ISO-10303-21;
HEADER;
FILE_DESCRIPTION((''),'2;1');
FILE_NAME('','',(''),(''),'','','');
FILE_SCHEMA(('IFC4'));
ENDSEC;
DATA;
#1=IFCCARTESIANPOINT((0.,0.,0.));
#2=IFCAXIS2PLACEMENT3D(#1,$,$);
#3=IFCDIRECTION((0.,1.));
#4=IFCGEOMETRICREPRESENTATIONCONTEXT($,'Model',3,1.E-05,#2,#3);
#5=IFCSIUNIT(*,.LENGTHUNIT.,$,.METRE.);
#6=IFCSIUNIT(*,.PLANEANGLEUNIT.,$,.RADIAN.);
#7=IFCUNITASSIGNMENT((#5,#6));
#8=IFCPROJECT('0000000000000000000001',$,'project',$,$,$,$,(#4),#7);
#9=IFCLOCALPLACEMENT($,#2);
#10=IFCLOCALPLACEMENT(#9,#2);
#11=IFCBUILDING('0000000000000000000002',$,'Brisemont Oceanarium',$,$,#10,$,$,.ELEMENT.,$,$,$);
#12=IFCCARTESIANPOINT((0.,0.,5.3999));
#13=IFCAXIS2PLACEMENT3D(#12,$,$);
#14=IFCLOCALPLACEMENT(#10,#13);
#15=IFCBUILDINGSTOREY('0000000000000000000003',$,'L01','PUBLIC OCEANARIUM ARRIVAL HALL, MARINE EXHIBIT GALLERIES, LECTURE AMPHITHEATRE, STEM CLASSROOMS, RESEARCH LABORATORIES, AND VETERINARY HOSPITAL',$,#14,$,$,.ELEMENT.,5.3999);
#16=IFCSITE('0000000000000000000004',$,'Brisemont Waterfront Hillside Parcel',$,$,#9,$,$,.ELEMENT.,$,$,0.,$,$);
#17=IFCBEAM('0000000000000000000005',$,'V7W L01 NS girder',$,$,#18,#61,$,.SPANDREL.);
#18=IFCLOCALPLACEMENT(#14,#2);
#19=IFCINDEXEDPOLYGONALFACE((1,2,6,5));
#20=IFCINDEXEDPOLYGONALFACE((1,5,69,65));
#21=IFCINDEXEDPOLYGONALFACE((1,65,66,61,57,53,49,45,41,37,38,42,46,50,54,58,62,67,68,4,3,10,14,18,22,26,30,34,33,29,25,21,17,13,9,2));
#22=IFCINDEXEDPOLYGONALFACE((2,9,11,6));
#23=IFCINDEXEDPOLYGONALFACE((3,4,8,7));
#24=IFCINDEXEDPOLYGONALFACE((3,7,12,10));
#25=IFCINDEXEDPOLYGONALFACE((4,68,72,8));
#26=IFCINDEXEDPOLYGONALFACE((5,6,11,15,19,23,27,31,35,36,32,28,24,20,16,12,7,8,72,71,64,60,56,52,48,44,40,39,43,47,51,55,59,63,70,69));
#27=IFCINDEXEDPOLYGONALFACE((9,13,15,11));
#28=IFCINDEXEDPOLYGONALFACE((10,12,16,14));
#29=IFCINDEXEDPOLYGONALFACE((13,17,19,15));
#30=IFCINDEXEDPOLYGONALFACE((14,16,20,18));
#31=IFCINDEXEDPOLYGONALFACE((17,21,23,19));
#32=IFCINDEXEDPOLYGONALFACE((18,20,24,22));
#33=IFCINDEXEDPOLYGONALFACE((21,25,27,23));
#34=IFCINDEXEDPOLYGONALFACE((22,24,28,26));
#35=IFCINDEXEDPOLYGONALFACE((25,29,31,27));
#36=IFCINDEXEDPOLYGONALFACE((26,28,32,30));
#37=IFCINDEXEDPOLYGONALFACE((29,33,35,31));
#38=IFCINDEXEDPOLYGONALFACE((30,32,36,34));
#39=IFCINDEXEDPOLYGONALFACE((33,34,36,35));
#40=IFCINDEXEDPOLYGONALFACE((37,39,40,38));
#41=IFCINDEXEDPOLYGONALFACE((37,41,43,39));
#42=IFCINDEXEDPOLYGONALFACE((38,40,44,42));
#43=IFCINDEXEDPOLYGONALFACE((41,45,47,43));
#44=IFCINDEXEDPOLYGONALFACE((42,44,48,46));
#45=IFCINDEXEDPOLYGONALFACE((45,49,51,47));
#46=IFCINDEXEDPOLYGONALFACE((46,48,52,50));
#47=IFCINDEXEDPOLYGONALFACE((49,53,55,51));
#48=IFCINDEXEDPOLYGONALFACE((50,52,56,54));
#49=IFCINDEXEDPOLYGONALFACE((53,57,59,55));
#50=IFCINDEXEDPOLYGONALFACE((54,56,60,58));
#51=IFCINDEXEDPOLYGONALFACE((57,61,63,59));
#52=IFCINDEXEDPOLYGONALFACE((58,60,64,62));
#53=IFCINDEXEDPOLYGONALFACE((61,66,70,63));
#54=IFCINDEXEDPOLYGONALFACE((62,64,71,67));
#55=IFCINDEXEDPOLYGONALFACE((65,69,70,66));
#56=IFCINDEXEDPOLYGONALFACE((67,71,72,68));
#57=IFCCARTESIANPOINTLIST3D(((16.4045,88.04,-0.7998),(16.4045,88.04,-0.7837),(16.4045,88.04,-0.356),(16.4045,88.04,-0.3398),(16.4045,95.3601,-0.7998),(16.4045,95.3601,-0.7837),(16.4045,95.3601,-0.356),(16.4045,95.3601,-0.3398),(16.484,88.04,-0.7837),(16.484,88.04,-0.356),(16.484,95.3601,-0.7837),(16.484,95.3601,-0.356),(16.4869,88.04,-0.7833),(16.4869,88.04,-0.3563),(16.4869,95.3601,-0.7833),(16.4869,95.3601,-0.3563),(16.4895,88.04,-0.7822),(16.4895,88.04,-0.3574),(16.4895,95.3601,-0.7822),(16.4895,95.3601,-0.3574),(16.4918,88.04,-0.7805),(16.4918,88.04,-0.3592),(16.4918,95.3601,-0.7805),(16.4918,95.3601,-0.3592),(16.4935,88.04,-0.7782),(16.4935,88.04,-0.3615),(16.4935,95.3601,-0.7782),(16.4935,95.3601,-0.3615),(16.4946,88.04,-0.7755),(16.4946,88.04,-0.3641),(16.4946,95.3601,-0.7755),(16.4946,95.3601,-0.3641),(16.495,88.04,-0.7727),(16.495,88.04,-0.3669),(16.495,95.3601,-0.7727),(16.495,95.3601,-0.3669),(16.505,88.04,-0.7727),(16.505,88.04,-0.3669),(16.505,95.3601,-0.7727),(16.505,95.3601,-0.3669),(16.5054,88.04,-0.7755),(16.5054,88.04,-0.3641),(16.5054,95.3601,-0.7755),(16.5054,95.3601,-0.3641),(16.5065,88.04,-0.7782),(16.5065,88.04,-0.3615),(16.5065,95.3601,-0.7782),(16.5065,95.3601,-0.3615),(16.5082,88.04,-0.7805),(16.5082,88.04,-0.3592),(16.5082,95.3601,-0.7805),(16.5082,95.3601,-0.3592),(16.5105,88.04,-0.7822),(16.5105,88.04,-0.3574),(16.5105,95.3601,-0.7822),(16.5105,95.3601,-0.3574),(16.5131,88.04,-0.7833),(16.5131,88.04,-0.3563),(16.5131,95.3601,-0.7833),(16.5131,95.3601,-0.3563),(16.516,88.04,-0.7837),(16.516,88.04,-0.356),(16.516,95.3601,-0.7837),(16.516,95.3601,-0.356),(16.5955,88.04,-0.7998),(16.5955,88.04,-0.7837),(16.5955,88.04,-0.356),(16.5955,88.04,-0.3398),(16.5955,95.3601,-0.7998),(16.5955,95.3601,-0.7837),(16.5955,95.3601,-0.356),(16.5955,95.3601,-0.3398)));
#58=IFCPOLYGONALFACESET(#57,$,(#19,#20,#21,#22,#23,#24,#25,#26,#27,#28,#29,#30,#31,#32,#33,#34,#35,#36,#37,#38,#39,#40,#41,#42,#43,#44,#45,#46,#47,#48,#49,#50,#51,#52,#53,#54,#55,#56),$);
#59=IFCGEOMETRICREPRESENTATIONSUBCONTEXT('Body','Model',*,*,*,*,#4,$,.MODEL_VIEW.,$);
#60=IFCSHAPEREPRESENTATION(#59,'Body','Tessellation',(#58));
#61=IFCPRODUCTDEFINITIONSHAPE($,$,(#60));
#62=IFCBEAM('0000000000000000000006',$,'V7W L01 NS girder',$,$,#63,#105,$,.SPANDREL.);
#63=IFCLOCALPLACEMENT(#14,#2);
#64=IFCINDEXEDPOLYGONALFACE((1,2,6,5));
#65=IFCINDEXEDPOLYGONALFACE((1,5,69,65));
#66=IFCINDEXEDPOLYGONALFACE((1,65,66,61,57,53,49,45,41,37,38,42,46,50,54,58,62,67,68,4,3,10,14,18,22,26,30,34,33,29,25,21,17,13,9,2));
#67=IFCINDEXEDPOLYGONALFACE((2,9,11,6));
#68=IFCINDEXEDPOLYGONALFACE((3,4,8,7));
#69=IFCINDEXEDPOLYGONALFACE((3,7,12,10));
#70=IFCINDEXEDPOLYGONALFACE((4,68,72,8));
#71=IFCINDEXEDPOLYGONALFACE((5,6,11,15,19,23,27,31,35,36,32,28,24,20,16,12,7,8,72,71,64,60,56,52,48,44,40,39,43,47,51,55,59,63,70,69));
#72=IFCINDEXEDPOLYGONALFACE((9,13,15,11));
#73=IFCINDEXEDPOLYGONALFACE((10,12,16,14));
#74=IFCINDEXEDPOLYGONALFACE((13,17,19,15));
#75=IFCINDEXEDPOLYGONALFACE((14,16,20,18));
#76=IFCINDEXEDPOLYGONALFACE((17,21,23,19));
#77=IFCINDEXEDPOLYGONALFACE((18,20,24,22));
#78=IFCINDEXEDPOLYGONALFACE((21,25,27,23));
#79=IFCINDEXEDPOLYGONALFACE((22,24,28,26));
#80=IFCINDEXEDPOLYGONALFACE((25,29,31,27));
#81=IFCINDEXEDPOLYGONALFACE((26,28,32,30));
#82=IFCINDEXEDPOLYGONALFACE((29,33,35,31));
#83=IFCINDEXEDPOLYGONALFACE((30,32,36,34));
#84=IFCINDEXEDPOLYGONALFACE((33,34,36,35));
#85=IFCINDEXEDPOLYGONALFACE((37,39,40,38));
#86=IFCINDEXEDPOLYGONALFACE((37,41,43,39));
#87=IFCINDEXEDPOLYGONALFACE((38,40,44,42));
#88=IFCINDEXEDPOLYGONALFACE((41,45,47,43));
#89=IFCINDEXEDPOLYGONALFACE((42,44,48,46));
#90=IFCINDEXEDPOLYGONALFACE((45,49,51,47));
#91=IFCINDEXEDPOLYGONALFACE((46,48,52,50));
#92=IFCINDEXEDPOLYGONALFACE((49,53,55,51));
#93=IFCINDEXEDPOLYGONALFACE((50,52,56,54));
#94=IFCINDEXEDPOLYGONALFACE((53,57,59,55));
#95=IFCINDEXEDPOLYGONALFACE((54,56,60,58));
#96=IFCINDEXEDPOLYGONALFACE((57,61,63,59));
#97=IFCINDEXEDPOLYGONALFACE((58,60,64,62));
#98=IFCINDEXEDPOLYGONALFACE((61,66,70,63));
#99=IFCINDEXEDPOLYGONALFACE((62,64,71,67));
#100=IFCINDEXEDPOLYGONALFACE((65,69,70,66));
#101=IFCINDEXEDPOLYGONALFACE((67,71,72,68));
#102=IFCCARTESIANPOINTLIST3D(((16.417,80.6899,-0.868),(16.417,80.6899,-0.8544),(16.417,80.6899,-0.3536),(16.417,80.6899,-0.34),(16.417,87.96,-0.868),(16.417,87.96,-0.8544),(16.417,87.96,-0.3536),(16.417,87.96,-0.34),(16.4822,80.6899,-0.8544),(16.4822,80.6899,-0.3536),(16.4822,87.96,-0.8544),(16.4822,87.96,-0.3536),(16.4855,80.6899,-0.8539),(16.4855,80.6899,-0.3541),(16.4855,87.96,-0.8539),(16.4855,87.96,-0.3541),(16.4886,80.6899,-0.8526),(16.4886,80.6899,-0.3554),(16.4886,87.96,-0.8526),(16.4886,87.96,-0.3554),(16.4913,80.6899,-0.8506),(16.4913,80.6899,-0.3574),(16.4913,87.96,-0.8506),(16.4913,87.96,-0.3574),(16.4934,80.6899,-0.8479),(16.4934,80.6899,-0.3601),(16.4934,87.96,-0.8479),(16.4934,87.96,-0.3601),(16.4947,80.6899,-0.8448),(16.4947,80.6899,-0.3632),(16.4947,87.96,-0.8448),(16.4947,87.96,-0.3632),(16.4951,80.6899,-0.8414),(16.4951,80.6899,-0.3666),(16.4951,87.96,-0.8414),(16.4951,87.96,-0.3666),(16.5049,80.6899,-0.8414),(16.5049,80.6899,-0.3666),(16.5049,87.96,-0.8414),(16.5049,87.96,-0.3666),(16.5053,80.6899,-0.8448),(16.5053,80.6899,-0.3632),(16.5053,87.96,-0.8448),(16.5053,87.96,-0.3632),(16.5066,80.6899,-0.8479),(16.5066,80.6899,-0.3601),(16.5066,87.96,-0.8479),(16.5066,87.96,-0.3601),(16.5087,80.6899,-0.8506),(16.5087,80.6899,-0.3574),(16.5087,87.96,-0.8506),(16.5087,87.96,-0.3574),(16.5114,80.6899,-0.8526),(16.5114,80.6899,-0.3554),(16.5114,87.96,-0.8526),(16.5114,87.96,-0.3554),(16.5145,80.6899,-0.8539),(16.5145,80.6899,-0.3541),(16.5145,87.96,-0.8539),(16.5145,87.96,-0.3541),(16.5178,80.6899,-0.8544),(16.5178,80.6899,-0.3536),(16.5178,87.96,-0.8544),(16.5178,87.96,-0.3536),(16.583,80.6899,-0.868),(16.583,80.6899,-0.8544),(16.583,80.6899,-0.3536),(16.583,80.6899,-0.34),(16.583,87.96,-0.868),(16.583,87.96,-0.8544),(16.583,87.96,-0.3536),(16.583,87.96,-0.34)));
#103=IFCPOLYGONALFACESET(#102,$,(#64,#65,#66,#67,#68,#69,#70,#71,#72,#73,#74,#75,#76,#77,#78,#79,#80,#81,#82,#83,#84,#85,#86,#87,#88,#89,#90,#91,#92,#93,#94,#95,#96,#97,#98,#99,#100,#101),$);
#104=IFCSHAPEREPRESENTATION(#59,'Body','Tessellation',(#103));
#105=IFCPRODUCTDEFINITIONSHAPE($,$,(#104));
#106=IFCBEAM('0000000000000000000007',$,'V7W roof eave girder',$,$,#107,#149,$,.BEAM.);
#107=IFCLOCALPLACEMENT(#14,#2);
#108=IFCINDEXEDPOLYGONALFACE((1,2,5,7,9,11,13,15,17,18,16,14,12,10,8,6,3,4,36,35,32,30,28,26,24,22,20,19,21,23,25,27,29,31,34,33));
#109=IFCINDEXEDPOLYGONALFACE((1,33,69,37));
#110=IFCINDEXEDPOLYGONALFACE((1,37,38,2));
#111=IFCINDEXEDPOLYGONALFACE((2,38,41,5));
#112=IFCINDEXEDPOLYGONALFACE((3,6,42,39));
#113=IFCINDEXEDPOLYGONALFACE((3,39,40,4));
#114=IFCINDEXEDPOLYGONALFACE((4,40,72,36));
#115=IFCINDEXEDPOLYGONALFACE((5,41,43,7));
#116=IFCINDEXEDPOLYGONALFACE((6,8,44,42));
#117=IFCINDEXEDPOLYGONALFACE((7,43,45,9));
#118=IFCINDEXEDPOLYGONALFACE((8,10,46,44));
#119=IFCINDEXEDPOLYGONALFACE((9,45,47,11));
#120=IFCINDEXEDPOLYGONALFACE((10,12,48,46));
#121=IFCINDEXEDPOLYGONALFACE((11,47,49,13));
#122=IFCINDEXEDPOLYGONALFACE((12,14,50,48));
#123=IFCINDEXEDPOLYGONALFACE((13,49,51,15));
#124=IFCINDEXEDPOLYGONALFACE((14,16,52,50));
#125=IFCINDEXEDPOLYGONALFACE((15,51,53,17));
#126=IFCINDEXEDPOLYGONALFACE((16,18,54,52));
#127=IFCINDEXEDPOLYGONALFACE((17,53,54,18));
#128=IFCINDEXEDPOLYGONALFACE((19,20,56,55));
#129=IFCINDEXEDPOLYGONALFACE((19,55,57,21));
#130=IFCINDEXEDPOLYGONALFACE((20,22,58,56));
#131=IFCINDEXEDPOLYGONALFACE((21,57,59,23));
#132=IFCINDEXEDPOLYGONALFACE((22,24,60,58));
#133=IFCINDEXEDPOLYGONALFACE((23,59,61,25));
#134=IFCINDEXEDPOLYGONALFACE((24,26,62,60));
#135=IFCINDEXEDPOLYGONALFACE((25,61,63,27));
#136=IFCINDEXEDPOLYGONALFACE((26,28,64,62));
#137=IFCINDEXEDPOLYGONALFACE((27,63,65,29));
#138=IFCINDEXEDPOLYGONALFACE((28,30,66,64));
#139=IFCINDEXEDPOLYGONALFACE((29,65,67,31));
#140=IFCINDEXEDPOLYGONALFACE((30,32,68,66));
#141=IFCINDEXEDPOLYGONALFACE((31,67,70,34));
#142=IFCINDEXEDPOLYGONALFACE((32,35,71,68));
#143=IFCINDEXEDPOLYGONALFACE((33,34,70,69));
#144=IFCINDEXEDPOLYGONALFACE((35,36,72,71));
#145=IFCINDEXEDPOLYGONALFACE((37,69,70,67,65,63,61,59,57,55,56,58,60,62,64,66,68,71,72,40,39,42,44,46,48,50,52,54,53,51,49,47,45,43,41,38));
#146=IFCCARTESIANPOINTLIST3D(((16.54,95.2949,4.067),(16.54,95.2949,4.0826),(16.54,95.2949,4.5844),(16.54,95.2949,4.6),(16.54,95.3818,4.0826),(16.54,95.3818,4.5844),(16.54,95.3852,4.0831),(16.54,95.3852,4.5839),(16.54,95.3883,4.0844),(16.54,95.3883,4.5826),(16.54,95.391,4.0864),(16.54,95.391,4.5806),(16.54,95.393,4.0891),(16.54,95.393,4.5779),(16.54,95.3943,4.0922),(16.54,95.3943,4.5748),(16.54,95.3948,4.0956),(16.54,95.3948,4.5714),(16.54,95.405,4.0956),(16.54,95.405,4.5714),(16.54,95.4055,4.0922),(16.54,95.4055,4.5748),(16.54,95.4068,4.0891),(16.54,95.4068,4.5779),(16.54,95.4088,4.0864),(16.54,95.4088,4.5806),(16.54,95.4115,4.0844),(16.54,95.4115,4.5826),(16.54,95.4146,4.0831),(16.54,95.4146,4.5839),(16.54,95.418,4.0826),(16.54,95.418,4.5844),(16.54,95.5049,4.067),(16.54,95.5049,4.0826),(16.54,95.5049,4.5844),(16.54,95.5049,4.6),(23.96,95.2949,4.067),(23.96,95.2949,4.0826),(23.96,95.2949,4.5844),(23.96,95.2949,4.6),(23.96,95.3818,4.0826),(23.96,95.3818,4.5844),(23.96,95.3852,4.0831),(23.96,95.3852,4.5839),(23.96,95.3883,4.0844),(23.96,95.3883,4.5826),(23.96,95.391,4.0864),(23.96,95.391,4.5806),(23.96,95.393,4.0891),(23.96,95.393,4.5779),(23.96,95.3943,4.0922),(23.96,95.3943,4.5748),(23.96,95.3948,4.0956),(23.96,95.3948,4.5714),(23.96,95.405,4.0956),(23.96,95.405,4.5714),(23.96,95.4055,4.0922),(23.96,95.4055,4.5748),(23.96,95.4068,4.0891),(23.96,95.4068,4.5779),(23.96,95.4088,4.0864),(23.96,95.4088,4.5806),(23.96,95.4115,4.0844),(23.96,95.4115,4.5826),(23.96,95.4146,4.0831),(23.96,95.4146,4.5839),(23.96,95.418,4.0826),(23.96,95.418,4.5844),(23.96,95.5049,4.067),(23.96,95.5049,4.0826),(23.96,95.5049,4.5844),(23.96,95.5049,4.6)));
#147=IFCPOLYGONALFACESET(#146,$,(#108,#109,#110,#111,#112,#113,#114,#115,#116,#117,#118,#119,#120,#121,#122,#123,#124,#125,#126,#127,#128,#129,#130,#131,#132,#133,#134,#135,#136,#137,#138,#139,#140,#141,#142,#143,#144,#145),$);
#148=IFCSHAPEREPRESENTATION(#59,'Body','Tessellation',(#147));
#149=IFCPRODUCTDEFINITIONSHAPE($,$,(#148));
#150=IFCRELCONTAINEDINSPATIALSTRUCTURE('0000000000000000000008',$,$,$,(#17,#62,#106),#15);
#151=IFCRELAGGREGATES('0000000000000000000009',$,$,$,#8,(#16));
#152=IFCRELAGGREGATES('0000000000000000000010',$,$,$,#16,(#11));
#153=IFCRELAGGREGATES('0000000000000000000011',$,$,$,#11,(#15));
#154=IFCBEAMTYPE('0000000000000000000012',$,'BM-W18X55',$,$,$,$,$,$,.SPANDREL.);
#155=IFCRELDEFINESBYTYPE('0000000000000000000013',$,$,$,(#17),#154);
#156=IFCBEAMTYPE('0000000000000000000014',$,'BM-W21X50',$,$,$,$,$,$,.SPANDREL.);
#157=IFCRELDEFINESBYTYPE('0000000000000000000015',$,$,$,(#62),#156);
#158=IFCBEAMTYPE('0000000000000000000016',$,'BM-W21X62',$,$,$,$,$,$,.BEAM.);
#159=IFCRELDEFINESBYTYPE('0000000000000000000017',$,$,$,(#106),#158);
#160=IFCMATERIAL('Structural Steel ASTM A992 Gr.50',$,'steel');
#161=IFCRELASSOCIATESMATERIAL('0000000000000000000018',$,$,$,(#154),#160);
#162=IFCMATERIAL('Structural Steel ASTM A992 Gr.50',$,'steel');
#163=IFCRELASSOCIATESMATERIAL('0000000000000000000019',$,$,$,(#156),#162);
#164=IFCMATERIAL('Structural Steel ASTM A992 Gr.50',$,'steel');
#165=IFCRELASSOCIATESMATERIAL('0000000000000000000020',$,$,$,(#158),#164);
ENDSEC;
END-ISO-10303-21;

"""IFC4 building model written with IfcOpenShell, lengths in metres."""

from ifc_helpers import new_model, si_unit, direction, frame, origin, origin_2d, place, context, subcontext, project, spatial, i_section, extrude, material, material_profile, profile_set, type_object, element, save


model = new_model("IFC4")

# Units and contexts
model_context = context("Model", 3, precision=1e-05, world=origin(), true_north=direction((0.0, 1.0)))
body_context = subcontext(model_context, "Body", "Model", "MODEL_VIEW")
ifc_project = project(units=[si_unit("LENGTHUNIT", "METRE"), si_unit("PLANEANGLEUNIT", "RADIAN")], contexts=[model_context])

# Site, building, storey
site_placement = place(None, origin())
site = spatial("IfcSite", under=ifc_project, at=site_placement, Name="Brisemont Waterfront Hillside Parcel", CompositionType="ELEMENT", RefElevation=0.0)
building_placement = place(site_placement, origin())
building = spatial("IfcBuilding", under=site, at=building_placement, Name="Brisemont Oceanarium", CompositionType="ELEMENT")
storey_placement = place(building_placement, frame((0.0, 0.0, 5.3999)))
storey = spatial("IfcBuildingStorey", under=building, at=storey_placement, Name="L01", Description="PUBLIC OCEANARIUM ARRIVAL HALL, MARINE EXHIBIT GALLERIES, LECTURE AMPHITHEATRE, STEM CLASSROOMS, RESEARCH LABORATORIES, AND VETERINARY HOSPITAL", CompositionType="ELEMENT", Elevation=5.3999)

# Beams
ifc_material_1 = material(Name="Structural Steel ASTM A992 Gr.50", Category="steel")
ifc_material_profile_1 = material_profile(ifc_material_1, i_section(OverallWidth=0.1909, OverallDepth=0.46, WebThickness=0.01, FlangeThickness=0.0161, FilletRadius=0.011, at=origin_2d()), Name="W18X55")
ifc_profile_set_1 = profile_set([ifc_material_profile_1], Name="Structural Steel ASTM A992 Gr.50")
beam_type_1 = type_object("IfcBeamType", Name="BM-W18X55", PredefinedType="SPANDREL", material=ifc_profile_set_1)
beam_1_placement = place(storey_placement, frame((16.5, 88.04, -0.5698), z_axis=(0.0, 1.0, 0.0), x_axis=(-1.0, 0.0, 0.0)))
element("IfcBeam", 1, at=beam_1_placement, inside=storey, type_object=beam_type_1, Name="V7W L01 NS girder", PredefinedType="SPANDREL", context=body_context, shape_type="SweptSolid", body=[
    extrude(i_section(OverallWidth=0.1909, OverallDepth=0.46, WebThickness=0.01, FlangeThickness=0.0161, FilletRadius=0.011, at=origin_2d()), origin(), (0.0, 0.0, 1.0), 7.3201),
])
ifc_material_2 = material(Name="Structural Steel ASTM A992 Gr.50", Category="steel")
ifc_material_profile_2 = material_profile(ifc_material_2, i_section(OverallWidth=0.166, OverallDepth=0.5281, WebThickness=0.0098, FlangeThickness=0.0137, FilletRadius=0.0129, at=origin_2d()), Name="W21X50")
ifc_profile_set_2 = profile_set([ifc_material_profile_2], Name="Structural Steel ASTM A992 Gr.50")
beam_type_2 = type_object("IfcBeamType", Name="BM-W21X50", PredefinedType="SPANDREL", material=ifc_profile_set_2)
beam_2_placement = place(storey_placement, frame((16.5, 80.6899, -0.604), z_axis=(0.0, 1.0, 0.0), x_axis=(-1.0, 0.0, 0.0)))
element("IfcBeam", 2, at=beam_2_placement, inside=storey, type_object=beam_type_2, Name="V7W L01 NS girder", PredefinedType="SPANDREL", context=body_context, shape_type="SweptSolid", body=[
    extrude(i_section(OverallWidth=0.166, OverallDepth=0.5281, WebThickness=0.0098, FlangeThickness=0.0137, FilletRadius=0.0129, at=origin_2d()), origin(), (0.0, 0.0, 1.0), 7.27),
])
ifc_material_3 = material(Name="Structural Steel ASTM A992 Gr.50", Category="steel")
ifc_material_profile_3 = material_profile(ifc_material_3, i_section(OverallWidth=0.21, OverallDepth=0.533, WebThickness=0.0103, FlangeThickness=0.0156, FilletRadius=0.0129, at=origin_2d()), Name="W21X62")
ifc_profile_set_3 = profile_set([ifc_material_profile_3], Name="Structural Steel ASTM A992 Gr.50")
beam_type_3 = type_object("IfcBeamType", Name="BM-W21X62", PredefinedType="BEAM", material=ifc_profile_set_3)
beam_3_placement = place(storey_placement, frame((16.54, 95.3999, 4.3335), z_axis=(1.0, 0.0, 0.0), x_axis=(0.0, 1.0, 0.0)))
element("IfcBeam", 3, at=beam_3_placement, inside=storey, type_object=beam_type_3, Name="V7W roof eave girder", PredefinedType="BEAM", context=body_context, shape_type="SweptSolid", body=[
    extrude(i_section(OverallWidth=0.21, OverallDepth=0.533, WebThickness=0.0103, FlangeThickness=0.0156, FilletRadius=0.0129, at=origin_2d()), origin(), (0.0, 0.0, 1.0), 7.4199),
])

save(model, "model.ifc")
